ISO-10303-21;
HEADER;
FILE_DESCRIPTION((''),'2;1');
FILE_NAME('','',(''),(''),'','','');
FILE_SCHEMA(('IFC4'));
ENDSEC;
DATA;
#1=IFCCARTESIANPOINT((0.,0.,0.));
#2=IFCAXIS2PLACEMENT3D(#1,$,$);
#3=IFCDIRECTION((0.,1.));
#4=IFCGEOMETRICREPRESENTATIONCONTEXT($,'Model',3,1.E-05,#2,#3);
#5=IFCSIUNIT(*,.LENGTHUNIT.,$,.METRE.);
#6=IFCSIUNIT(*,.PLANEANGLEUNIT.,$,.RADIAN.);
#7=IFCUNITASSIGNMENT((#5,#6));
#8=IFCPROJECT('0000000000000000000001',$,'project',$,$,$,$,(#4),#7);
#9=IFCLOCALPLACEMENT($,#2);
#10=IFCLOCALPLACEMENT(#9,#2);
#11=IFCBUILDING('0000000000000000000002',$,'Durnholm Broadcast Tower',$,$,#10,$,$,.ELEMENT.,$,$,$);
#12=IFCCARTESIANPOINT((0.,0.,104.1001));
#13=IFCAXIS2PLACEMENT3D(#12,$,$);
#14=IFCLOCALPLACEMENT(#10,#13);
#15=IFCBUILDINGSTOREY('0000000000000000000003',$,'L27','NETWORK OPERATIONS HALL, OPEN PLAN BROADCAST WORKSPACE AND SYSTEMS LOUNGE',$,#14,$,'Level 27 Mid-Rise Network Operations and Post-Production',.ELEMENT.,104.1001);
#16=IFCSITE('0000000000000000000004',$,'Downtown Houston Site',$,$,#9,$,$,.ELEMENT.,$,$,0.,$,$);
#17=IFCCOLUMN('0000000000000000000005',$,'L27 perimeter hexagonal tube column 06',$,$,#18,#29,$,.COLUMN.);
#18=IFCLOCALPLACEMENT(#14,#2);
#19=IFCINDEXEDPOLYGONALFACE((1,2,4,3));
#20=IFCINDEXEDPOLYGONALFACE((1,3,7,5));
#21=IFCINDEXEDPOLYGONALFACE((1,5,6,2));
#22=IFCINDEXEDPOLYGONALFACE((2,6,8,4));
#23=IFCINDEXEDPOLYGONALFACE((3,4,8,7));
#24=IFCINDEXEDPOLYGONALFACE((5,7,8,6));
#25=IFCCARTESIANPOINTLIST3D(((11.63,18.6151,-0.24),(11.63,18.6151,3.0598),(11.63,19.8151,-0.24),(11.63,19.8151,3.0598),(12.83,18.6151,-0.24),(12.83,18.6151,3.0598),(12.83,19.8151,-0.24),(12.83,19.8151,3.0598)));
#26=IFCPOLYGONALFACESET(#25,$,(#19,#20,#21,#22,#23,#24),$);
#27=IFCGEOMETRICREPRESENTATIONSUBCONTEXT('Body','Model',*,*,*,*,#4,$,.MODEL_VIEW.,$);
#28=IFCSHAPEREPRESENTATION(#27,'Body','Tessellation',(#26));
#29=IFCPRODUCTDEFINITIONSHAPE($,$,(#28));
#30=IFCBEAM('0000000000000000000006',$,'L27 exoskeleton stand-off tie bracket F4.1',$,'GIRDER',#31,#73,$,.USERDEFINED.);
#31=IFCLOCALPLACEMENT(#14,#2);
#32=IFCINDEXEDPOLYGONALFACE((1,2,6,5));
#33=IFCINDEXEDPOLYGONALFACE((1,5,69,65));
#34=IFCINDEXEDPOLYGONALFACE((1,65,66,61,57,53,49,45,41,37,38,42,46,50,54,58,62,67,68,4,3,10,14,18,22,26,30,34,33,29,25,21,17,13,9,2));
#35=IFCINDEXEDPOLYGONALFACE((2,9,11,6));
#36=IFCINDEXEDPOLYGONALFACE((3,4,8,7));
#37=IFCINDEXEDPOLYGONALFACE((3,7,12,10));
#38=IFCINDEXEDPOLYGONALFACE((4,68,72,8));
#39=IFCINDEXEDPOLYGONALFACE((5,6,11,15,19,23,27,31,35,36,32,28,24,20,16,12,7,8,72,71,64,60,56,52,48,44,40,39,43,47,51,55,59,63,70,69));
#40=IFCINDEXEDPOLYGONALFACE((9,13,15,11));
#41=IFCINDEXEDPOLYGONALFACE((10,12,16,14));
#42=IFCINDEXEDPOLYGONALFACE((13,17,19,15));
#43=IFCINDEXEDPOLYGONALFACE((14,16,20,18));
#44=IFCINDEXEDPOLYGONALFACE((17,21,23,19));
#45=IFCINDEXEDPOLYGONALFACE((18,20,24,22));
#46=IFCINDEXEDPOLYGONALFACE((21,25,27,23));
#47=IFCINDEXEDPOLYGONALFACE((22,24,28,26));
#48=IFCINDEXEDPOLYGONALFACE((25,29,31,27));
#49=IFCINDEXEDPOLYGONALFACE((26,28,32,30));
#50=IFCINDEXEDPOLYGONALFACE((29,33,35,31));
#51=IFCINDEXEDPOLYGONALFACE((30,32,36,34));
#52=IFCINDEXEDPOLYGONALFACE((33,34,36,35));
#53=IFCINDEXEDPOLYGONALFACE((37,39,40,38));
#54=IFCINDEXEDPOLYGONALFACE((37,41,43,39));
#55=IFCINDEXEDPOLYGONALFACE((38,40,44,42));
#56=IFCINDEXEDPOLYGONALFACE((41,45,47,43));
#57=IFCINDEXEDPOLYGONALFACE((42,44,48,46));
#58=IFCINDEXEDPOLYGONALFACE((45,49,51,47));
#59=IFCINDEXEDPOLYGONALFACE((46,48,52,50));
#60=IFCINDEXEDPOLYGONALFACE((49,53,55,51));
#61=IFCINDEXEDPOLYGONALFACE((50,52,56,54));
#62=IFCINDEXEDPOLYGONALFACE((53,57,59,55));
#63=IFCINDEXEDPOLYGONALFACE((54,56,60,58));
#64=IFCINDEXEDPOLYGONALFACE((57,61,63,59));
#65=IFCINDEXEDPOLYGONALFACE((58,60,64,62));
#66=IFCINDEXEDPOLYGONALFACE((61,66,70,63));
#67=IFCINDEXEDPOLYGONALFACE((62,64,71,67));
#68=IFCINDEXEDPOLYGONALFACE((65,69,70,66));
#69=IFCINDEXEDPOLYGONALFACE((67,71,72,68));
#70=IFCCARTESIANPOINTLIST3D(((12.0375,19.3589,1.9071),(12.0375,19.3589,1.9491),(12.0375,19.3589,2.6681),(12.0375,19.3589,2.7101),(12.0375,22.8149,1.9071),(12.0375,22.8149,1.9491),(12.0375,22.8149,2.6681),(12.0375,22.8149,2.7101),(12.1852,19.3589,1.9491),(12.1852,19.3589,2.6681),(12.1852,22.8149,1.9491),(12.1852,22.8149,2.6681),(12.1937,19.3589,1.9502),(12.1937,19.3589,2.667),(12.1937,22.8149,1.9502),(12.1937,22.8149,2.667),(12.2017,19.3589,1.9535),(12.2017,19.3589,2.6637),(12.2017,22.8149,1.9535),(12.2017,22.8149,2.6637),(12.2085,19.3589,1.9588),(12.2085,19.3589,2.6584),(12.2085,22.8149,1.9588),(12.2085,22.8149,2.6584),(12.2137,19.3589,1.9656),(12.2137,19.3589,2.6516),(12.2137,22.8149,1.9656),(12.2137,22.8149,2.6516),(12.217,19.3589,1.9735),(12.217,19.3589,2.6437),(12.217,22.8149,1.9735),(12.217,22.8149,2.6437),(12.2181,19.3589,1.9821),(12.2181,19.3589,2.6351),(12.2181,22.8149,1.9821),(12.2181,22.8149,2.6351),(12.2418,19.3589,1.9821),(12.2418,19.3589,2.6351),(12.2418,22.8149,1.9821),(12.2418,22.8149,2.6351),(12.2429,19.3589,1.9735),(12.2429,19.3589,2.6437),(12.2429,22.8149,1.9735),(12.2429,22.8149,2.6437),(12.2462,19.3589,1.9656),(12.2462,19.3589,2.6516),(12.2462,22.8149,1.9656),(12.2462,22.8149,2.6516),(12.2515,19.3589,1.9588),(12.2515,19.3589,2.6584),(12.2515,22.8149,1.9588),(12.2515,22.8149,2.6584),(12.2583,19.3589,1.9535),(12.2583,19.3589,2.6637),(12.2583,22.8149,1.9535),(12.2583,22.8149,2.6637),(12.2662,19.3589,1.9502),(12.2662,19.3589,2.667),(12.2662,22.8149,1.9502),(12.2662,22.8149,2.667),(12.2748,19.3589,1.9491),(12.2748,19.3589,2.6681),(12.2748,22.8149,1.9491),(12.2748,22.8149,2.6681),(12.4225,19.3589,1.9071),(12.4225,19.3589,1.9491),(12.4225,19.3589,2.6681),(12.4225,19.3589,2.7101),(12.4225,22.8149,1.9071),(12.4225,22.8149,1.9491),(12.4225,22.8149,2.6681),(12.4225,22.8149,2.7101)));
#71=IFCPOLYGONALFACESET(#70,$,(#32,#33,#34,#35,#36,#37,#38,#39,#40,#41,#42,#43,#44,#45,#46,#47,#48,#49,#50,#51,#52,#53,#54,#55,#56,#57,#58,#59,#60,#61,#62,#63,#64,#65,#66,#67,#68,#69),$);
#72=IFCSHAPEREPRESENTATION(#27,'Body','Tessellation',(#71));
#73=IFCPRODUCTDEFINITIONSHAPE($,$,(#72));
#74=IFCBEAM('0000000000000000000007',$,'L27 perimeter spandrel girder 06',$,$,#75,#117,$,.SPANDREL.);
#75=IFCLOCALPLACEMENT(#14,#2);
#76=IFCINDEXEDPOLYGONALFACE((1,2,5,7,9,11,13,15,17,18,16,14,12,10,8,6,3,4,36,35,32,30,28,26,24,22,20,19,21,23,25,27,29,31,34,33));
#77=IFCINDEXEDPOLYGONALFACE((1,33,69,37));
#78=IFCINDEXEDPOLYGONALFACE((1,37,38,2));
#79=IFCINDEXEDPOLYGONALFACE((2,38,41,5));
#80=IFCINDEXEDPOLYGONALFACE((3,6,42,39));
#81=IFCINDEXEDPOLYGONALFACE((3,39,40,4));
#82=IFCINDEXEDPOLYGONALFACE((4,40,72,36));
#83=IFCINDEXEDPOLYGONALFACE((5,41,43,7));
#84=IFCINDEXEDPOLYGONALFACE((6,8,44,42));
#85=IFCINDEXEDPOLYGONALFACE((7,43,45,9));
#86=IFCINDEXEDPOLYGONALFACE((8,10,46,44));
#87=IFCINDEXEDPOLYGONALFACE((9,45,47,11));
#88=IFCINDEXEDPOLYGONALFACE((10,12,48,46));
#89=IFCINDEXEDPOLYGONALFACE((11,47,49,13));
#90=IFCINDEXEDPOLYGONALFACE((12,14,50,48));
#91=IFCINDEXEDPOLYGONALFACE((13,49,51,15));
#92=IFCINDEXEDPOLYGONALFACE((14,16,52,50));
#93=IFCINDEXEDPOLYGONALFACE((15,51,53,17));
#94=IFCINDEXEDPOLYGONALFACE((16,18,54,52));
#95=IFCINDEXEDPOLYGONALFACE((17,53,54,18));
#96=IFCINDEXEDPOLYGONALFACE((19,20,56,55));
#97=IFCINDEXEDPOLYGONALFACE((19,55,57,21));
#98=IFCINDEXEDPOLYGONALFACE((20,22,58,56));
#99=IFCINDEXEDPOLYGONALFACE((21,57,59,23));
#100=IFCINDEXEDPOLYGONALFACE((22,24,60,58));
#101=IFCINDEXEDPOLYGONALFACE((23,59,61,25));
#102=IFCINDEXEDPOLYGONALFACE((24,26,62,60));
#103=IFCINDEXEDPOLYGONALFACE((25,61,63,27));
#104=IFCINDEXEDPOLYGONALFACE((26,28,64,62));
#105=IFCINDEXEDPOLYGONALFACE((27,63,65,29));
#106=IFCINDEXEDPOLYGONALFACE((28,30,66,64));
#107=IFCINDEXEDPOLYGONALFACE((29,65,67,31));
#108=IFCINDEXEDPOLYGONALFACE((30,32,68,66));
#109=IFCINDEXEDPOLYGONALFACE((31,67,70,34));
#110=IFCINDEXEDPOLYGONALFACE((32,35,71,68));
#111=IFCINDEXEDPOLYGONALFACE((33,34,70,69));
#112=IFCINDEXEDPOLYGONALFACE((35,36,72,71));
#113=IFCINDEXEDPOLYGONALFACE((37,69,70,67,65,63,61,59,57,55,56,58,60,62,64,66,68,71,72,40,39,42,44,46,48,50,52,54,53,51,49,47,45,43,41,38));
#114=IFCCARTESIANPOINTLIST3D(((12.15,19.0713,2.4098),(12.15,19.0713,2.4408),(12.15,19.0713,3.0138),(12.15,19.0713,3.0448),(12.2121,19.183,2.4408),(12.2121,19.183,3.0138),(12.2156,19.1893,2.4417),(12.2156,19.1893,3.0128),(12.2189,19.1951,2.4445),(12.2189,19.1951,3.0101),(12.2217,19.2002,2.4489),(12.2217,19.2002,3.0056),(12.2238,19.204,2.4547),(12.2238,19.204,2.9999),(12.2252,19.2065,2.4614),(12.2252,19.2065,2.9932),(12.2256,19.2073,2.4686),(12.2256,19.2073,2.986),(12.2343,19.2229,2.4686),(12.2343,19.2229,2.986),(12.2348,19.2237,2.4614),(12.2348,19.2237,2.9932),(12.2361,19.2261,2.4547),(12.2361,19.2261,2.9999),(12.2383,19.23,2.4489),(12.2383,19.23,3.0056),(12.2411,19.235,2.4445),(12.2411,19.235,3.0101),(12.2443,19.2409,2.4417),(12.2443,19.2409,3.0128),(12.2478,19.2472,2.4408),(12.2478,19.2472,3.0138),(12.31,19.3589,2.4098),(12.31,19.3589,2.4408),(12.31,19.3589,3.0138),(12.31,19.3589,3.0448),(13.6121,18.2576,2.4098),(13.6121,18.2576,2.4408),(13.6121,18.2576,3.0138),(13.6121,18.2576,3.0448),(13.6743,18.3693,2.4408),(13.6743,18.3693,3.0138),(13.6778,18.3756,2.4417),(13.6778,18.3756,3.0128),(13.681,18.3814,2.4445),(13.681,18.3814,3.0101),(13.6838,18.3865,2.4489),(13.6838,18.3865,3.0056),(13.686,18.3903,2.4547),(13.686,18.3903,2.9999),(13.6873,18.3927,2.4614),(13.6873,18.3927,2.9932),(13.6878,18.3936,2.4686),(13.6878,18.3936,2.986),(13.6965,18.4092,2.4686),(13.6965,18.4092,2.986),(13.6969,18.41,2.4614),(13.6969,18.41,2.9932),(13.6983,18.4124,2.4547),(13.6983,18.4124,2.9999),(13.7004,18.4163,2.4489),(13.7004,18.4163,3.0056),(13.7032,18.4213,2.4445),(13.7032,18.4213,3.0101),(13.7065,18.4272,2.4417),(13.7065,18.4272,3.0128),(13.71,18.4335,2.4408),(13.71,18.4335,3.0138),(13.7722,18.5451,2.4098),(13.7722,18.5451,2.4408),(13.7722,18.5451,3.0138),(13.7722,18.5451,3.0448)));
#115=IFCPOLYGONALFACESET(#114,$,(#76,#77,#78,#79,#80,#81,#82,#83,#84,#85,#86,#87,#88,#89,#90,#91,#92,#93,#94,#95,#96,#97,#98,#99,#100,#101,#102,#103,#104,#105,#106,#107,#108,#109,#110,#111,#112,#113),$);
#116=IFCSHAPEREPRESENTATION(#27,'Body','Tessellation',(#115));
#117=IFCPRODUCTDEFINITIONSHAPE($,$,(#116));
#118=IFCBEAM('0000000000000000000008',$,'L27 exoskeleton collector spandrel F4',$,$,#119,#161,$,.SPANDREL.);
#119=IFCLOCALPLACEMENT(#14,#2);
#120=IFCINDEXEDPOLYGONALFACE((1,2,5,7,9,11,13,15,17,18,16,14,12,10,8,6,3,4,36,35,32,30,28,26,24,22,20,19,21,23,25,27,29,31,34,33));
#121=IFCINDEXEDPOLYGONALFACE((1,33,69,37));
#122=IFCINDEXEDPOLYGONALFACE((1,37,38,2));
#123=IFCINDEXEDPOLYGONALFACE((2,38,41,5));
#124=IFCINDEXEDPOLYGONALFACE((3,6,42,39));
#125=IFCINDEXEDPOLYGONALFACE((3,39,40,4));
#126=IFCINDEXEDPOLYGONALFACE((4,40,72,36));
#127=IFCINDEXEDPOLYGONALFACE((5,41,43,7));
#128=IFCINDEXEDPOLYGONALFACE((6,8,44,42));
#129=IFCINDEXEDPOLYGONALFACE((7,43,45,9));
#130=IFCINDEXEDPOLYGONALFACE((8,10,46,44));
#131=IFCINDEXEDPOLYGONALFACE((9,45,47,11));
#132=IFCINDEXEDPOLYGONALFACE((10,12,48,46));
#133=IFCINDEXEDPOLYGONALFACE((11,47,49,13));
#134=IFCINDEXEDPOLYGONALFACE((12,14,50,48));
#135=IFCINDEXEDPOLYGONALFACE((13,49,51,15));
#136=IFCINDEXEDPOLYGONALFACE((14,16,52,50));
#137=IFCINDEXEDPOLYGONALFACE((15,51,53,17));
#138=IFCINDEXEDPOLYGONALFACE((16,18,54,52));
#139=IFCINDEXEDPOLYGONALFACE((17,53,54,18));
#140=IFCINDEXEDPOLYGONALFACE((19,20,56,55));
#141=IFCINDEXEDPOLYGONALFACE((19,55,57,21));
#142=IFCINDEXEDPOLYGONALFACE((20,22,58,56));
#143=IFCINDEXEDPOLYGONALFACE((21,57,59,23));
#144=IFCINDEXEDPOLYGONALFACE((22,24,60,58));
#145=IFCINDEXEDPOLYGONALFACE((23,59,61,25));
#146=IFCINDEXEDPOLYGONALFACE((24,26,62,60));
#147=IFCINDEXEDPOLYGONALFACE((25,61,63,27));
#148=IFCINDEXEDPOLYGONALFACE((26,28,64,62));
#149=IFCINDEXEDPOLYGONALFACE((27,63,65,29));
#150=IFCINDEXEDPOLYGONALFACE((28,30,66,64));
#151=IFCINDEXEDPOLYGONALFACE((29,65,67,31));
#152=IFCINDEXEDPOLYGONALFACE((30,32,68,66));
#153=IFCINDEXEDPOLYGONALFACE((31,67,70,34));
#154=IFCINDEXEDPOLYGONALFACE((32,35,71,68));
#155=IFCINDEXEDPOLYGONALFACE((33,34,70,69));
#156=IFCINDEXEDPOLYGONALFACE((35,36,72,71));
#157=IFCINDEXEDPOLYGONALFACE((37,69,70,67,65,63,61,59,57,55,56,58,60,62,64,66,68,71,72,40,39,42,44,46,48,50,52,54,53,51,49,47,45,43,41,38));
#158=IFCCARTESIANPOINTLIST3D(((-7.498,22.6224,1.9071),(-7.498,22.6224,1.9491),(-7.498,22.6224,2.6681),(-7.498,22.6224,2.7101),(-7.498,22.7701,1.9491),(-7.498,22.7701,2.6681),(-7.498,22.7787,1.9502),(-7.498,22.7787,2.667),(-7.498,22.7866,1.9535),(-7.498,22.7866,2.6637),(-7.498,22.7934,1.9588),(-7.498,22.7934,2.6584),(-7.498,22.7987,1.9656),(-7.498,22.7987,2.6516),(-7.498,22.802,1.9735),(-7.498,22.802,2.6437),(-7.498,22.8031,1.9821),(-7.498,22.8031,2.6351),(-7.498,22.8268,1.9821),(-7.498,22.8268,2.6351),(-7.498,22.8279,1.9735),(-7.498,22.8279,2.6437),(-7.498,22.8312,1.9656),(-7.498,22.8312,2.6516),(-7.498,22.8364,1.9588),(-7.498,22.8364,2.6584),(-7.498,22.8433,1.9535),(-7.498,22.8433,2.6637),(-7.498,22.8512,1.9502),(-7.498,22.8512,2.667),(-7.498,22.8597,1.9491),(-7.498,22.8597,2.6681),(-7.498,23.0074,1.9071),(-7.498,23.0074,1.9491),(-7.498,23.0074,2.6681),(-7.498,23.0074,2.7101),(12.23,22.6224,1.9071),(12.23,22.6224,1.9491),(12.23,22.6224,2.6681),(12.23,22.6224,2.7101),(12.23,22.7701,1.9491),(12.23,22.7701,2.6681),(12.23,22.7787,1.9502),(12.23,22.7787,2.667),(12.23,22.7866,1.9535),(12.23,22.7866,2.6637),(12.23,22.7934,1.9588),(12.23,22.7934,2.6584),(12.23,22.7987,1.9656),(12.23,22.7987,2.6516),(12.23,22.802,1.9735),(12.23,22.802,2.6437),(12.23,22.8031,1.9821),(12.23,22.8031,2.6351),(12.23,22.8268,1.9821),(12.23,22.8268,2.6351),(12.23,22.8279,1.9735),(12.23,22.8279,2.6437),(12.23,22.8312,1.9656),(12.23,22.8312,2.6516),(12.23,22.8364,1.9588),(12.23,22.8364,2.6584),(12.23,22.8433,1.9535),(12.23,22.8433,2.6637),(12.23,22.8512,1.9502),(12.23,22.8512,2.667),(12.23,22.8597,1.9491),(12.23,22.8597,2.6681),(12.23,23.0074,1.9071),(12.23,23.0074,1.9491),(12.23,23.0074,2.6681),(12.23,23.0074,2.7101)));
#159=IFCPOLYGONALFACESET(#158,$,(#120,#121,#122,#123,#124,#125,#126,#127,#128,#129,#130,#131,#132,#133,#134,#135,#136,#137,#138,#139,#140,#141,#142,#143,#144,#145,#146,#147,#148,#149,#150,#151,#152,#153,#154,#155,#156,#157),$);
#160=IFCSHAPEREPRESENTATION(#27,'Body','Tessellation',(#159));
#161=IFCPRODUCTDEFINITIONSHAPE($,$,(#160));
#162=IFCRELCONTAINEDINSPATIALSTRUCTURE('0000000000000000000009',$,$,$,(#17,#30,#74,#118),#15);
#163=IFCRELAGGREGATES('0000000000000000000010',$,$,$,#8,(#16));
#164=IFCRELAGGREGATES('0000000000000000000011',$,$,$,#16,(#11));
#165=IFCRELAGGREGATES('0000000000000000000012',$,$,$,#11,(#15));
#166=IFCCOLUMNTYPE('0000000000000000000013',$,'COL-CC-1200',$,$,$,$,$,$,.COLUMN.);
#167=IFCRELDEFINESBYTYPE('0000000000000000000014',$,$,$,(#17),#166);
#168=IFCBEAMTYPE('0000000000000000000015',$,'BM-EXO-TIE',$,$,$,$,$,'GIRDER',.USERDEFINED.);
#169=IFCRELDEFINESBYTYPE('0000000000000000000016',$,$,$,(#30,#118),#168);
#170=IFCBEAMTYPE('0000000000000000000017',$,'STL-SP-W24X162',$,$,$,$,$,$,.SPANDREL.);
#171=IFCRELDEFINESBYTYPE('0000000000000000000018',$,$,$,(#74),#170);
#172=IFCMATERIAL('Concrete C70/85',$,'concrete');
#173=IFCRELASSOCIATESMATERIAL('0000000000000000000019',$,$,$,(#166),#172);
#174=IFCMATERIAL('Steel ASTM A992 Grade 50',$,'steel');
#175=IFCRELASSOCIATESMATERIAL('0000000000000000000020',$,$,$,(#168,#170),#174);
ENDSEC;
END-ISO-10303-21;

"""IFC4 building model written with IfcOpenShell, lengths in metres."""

from ifc_helpers import new_model, si_unit, direction, frame, origin, origin_2d, place, context, subcontext, project, spatial, rectangle, i_section, extrude, source, transform, mapped, material, material_profile, profile_set, type_object, type_shapes, element, save


model = new_model("IFC4")

# Units and contexts
model_context = context("Model", 3, precision=1e-05, world=origin(), true_north=direction((0.0, 1.0)))
body_context = subcontext(model_context, "Body", "Model", "MODEL_VIEW")
ifc_project = project(units=[si_unit("LENGTHUNIT", "METRE"), si_unit("PLANEANGLEUNIT", "RADIAN")], contexts=[model_context])

# Site, building, storey
site_placement = place(None, origin())
site = spatial("IfcSite", under=ifc_project, at=site_placement, Name="Downtown Houston Site", CompositionType="ELEMENT", RefElevation=0.0)
building_placement = place(site_placement, origin())
building = spatial("IfcBuilding", under=site, at=building_placement, Name="Durnholm Broadcast Tower", CompositionType="ELEMENT")
storey_placement = place(building_placement, frame((0.0, 0.0, 104.1001)))
storey = spatial("IfcBuildingStorey", under=building, at=storey_placement, Name="L27", Description="NETWORK OPERATIONS HALL, OPEN PLAN BROADCAST WORKSPACE AND SYSTEMS LOUNGE", LongName="Level 27 Mid-Rise Network Operations and Post-Production", CompositionType="ELEMENT", Elevation=104.1001)

# Column
ifc_material_1 = material(Name="Concrete C70/85", Category="concrete")
ifc_material_profile_1 = material_profile(ifc_material_1, rectangle(XDim=1.2, YDim=1.2, at=origin_2d()), Name="RC1200X1200")
ifc_profile_set_1 = profile_set([ifc_material_profile_1], Name="Concrete C70/85")
column_type = type_object("IfcColumnType", Name="COL-CC-1200", PredefinedType="COLUMN", material=ifc_profile_set_1)
shared_shape_1 = source(origin(), body_context, "Body", "SweptSolid", [
    extrude(rectangle(XDim=1.2, YDim=1.2, at=origin_2d()), origin(), (0.0, 0.0, 1.0), 3.2998),
])
type_shapes(column_type, [shared_shape_1])
column_placement = place(storey_placement, frame((12.23, 19.2151, -0.24), z_axis=(0.0, 0.0, 1.0), x_axis=(1.0, 0.0, 0.0)))
element("IfcColumn", 1, at=column_placement, inside=storey, type_object=column_type, Name="L27 perimeter hexagonal tube column 06", PredefinedType="COLUMN", context=body_context, shape_type="MappedRepresentation", body=[
    mapped(shared_shape_1, transform((0.0, 0.0, 0.0), x_axis=(1.0, 0.0, 0.0), y_axis=(0.0, 1.0, 0.0), z_axis=(0.0, 0.0, 1.0), scale=1.0)),
])

# Beams
ifc_material_2 = material(Name="Steel ASTM A992 Grade 50", Category="steel")
ifc_material_profile_2 = material_profile(ifc_material_2, i_section(OverallWidth=0.385, OverallDepth=0.803, WebThickness=0.0237, FlangeThickness=0.042, FilletRadius=0.033, at=origin_2d()), Name="W30X261")
ifc_profile_set_2 = profile_set([ifc_material_profile_2], Name="Steel ASTM A992 Grade 50")
beam_type_1 = type_object("IfcBeamType", Name="BM-EXO-TIE", ElementType="GIRDER", PredefinedType="USERDEFINED", material=ifc_profile_set_2)
shared_shape_2 = source(origin(), body_context, "Body", "SweptSolid", [
    extrude(i_section(OverallWidth=0.385, OverallDepth=0.803, WebThickness=0.0237, FlangeThickness=0.042, FilletRadius=0.033, at=origin_2d()), origin(), (0.0, 0.0, 1.0), 3.4561),
])
beam_1_placement = place(storey_placement, frame((12.23, 19.3589, 2.3086), z_axis=(0.0, 1.0, 0.0), x_axis=(-1.0, 0.0, 0.0)))
element("IfcBeam", 2, at=beam_1_placement, inside=storey, type_object=beam_type_1, Name="L27 exoskeleton stand-off tie bracket F4.1", ObjectType="GIRDER", PredefinedType="USERDEFINED", context=body_context, shape_type="MappedRepresentation", body=[
    mapped(shared_shape_2, transform((0.0, 0.0, 0.0), x_axis=(1.0, 0.0, 0.0), y_axis=(0.0, 1.0, 0.0), z_axis=(0.0, 0.0, 1.0), scale=1.0)),
])
ifc_material_profile_3 = material_profile(ifc_material_2, i_section(OverallWidth=0.3291, OverallDepth=0.635, WebThickness=0.0178, FlangeThickness=0.031, FilletRadius=0.0278, at=origin_2d()), Name="W24X162")
ifc_profile_set_3 = profile_set([ifc_material_profile_3], Name="Steel ASTM A992 Grade 50")
beam_type_2 = type_object("IfcBeamType", Name="STL-SP-W24X162", PredefinedType="SPANDREL", material=ifc_profile_set_3)
shared_shape_3 = source(origin(), body_context, "Body", "SweptSolid", [
    extrude(i_section(OverallWidth=0.3291, OverallDepth=0.635, WebThickness=0.0178, FlangeThickness=0.031, FilletRadius=0.0278, at=origin_2d()), origin(), (0.0, 0.0, 1.0), 1.6733),
])
type_shapes(beam_type_2, [shared_shape_3])
beam_2_placement = place(storey_placement, frame((12.23, 19.2151, 2.7273), z_axis=(0.873799, -0.486287, 0.0), x_axis=(0.486287, 0.873799, 0.0)))
element("IfcBeam", 3, at=beam_2_placement, inside=storey, type_object=beam_type_2, Name="L27 perimeter spandrel girder 06", PredefinedType="SPANDREL", context=body_context, shape_type="MappedRepresentation", body=[
    mapped(shared_shape_3, transform((0.0, 0.0, 0.0), x_axis=(1.0, 0.0, 0.0), y_axis=(0.0, 1.0, 0.0), z_axis=(0.0, 0.0, 1.0), scale=1.0)),
])
shared_shape_4 = source(origin(), body_context, "Body", "SweptSolid", [
    extrude(i_section(OverallWidth=0.385, OverallDepth=0.803, WebThickness=0.0237, FlangeThickness=0.042, FilletRadius=0.033, at=origin_2d()), origin(), (0.0, 0.0, 1.0), 19.728),
])
type_shapes(beam_type_1, [shared_shape_2, shared_shape_4])
beam_3_placement = place(storey_placement, frame((12.23, 22.8149, 2.3086), z_axis=(-1.0, 0.0, 0.0), x_axis=(0.0, -1.0, 0.0)))
element("IfcBeam", 4, at=beam_3_placement, inside=storey, type_object=beam_type_1, Name="L27 exoskeleton collector spandrel F4", PredefinedType="SPANDREL", context=body_context, shape_type="MappedRepresentation", body=[
    mapped(shared_shape_4, transform((0.0, 0.0, 0.0), x_axis=(1.0, 0.0, 0.0), y_axis=(0.0, 1.0, 0.0), z_axis=(0.0, 0.0, 1.0), scale=1.0)),
])

save(model, "model.ifc")
